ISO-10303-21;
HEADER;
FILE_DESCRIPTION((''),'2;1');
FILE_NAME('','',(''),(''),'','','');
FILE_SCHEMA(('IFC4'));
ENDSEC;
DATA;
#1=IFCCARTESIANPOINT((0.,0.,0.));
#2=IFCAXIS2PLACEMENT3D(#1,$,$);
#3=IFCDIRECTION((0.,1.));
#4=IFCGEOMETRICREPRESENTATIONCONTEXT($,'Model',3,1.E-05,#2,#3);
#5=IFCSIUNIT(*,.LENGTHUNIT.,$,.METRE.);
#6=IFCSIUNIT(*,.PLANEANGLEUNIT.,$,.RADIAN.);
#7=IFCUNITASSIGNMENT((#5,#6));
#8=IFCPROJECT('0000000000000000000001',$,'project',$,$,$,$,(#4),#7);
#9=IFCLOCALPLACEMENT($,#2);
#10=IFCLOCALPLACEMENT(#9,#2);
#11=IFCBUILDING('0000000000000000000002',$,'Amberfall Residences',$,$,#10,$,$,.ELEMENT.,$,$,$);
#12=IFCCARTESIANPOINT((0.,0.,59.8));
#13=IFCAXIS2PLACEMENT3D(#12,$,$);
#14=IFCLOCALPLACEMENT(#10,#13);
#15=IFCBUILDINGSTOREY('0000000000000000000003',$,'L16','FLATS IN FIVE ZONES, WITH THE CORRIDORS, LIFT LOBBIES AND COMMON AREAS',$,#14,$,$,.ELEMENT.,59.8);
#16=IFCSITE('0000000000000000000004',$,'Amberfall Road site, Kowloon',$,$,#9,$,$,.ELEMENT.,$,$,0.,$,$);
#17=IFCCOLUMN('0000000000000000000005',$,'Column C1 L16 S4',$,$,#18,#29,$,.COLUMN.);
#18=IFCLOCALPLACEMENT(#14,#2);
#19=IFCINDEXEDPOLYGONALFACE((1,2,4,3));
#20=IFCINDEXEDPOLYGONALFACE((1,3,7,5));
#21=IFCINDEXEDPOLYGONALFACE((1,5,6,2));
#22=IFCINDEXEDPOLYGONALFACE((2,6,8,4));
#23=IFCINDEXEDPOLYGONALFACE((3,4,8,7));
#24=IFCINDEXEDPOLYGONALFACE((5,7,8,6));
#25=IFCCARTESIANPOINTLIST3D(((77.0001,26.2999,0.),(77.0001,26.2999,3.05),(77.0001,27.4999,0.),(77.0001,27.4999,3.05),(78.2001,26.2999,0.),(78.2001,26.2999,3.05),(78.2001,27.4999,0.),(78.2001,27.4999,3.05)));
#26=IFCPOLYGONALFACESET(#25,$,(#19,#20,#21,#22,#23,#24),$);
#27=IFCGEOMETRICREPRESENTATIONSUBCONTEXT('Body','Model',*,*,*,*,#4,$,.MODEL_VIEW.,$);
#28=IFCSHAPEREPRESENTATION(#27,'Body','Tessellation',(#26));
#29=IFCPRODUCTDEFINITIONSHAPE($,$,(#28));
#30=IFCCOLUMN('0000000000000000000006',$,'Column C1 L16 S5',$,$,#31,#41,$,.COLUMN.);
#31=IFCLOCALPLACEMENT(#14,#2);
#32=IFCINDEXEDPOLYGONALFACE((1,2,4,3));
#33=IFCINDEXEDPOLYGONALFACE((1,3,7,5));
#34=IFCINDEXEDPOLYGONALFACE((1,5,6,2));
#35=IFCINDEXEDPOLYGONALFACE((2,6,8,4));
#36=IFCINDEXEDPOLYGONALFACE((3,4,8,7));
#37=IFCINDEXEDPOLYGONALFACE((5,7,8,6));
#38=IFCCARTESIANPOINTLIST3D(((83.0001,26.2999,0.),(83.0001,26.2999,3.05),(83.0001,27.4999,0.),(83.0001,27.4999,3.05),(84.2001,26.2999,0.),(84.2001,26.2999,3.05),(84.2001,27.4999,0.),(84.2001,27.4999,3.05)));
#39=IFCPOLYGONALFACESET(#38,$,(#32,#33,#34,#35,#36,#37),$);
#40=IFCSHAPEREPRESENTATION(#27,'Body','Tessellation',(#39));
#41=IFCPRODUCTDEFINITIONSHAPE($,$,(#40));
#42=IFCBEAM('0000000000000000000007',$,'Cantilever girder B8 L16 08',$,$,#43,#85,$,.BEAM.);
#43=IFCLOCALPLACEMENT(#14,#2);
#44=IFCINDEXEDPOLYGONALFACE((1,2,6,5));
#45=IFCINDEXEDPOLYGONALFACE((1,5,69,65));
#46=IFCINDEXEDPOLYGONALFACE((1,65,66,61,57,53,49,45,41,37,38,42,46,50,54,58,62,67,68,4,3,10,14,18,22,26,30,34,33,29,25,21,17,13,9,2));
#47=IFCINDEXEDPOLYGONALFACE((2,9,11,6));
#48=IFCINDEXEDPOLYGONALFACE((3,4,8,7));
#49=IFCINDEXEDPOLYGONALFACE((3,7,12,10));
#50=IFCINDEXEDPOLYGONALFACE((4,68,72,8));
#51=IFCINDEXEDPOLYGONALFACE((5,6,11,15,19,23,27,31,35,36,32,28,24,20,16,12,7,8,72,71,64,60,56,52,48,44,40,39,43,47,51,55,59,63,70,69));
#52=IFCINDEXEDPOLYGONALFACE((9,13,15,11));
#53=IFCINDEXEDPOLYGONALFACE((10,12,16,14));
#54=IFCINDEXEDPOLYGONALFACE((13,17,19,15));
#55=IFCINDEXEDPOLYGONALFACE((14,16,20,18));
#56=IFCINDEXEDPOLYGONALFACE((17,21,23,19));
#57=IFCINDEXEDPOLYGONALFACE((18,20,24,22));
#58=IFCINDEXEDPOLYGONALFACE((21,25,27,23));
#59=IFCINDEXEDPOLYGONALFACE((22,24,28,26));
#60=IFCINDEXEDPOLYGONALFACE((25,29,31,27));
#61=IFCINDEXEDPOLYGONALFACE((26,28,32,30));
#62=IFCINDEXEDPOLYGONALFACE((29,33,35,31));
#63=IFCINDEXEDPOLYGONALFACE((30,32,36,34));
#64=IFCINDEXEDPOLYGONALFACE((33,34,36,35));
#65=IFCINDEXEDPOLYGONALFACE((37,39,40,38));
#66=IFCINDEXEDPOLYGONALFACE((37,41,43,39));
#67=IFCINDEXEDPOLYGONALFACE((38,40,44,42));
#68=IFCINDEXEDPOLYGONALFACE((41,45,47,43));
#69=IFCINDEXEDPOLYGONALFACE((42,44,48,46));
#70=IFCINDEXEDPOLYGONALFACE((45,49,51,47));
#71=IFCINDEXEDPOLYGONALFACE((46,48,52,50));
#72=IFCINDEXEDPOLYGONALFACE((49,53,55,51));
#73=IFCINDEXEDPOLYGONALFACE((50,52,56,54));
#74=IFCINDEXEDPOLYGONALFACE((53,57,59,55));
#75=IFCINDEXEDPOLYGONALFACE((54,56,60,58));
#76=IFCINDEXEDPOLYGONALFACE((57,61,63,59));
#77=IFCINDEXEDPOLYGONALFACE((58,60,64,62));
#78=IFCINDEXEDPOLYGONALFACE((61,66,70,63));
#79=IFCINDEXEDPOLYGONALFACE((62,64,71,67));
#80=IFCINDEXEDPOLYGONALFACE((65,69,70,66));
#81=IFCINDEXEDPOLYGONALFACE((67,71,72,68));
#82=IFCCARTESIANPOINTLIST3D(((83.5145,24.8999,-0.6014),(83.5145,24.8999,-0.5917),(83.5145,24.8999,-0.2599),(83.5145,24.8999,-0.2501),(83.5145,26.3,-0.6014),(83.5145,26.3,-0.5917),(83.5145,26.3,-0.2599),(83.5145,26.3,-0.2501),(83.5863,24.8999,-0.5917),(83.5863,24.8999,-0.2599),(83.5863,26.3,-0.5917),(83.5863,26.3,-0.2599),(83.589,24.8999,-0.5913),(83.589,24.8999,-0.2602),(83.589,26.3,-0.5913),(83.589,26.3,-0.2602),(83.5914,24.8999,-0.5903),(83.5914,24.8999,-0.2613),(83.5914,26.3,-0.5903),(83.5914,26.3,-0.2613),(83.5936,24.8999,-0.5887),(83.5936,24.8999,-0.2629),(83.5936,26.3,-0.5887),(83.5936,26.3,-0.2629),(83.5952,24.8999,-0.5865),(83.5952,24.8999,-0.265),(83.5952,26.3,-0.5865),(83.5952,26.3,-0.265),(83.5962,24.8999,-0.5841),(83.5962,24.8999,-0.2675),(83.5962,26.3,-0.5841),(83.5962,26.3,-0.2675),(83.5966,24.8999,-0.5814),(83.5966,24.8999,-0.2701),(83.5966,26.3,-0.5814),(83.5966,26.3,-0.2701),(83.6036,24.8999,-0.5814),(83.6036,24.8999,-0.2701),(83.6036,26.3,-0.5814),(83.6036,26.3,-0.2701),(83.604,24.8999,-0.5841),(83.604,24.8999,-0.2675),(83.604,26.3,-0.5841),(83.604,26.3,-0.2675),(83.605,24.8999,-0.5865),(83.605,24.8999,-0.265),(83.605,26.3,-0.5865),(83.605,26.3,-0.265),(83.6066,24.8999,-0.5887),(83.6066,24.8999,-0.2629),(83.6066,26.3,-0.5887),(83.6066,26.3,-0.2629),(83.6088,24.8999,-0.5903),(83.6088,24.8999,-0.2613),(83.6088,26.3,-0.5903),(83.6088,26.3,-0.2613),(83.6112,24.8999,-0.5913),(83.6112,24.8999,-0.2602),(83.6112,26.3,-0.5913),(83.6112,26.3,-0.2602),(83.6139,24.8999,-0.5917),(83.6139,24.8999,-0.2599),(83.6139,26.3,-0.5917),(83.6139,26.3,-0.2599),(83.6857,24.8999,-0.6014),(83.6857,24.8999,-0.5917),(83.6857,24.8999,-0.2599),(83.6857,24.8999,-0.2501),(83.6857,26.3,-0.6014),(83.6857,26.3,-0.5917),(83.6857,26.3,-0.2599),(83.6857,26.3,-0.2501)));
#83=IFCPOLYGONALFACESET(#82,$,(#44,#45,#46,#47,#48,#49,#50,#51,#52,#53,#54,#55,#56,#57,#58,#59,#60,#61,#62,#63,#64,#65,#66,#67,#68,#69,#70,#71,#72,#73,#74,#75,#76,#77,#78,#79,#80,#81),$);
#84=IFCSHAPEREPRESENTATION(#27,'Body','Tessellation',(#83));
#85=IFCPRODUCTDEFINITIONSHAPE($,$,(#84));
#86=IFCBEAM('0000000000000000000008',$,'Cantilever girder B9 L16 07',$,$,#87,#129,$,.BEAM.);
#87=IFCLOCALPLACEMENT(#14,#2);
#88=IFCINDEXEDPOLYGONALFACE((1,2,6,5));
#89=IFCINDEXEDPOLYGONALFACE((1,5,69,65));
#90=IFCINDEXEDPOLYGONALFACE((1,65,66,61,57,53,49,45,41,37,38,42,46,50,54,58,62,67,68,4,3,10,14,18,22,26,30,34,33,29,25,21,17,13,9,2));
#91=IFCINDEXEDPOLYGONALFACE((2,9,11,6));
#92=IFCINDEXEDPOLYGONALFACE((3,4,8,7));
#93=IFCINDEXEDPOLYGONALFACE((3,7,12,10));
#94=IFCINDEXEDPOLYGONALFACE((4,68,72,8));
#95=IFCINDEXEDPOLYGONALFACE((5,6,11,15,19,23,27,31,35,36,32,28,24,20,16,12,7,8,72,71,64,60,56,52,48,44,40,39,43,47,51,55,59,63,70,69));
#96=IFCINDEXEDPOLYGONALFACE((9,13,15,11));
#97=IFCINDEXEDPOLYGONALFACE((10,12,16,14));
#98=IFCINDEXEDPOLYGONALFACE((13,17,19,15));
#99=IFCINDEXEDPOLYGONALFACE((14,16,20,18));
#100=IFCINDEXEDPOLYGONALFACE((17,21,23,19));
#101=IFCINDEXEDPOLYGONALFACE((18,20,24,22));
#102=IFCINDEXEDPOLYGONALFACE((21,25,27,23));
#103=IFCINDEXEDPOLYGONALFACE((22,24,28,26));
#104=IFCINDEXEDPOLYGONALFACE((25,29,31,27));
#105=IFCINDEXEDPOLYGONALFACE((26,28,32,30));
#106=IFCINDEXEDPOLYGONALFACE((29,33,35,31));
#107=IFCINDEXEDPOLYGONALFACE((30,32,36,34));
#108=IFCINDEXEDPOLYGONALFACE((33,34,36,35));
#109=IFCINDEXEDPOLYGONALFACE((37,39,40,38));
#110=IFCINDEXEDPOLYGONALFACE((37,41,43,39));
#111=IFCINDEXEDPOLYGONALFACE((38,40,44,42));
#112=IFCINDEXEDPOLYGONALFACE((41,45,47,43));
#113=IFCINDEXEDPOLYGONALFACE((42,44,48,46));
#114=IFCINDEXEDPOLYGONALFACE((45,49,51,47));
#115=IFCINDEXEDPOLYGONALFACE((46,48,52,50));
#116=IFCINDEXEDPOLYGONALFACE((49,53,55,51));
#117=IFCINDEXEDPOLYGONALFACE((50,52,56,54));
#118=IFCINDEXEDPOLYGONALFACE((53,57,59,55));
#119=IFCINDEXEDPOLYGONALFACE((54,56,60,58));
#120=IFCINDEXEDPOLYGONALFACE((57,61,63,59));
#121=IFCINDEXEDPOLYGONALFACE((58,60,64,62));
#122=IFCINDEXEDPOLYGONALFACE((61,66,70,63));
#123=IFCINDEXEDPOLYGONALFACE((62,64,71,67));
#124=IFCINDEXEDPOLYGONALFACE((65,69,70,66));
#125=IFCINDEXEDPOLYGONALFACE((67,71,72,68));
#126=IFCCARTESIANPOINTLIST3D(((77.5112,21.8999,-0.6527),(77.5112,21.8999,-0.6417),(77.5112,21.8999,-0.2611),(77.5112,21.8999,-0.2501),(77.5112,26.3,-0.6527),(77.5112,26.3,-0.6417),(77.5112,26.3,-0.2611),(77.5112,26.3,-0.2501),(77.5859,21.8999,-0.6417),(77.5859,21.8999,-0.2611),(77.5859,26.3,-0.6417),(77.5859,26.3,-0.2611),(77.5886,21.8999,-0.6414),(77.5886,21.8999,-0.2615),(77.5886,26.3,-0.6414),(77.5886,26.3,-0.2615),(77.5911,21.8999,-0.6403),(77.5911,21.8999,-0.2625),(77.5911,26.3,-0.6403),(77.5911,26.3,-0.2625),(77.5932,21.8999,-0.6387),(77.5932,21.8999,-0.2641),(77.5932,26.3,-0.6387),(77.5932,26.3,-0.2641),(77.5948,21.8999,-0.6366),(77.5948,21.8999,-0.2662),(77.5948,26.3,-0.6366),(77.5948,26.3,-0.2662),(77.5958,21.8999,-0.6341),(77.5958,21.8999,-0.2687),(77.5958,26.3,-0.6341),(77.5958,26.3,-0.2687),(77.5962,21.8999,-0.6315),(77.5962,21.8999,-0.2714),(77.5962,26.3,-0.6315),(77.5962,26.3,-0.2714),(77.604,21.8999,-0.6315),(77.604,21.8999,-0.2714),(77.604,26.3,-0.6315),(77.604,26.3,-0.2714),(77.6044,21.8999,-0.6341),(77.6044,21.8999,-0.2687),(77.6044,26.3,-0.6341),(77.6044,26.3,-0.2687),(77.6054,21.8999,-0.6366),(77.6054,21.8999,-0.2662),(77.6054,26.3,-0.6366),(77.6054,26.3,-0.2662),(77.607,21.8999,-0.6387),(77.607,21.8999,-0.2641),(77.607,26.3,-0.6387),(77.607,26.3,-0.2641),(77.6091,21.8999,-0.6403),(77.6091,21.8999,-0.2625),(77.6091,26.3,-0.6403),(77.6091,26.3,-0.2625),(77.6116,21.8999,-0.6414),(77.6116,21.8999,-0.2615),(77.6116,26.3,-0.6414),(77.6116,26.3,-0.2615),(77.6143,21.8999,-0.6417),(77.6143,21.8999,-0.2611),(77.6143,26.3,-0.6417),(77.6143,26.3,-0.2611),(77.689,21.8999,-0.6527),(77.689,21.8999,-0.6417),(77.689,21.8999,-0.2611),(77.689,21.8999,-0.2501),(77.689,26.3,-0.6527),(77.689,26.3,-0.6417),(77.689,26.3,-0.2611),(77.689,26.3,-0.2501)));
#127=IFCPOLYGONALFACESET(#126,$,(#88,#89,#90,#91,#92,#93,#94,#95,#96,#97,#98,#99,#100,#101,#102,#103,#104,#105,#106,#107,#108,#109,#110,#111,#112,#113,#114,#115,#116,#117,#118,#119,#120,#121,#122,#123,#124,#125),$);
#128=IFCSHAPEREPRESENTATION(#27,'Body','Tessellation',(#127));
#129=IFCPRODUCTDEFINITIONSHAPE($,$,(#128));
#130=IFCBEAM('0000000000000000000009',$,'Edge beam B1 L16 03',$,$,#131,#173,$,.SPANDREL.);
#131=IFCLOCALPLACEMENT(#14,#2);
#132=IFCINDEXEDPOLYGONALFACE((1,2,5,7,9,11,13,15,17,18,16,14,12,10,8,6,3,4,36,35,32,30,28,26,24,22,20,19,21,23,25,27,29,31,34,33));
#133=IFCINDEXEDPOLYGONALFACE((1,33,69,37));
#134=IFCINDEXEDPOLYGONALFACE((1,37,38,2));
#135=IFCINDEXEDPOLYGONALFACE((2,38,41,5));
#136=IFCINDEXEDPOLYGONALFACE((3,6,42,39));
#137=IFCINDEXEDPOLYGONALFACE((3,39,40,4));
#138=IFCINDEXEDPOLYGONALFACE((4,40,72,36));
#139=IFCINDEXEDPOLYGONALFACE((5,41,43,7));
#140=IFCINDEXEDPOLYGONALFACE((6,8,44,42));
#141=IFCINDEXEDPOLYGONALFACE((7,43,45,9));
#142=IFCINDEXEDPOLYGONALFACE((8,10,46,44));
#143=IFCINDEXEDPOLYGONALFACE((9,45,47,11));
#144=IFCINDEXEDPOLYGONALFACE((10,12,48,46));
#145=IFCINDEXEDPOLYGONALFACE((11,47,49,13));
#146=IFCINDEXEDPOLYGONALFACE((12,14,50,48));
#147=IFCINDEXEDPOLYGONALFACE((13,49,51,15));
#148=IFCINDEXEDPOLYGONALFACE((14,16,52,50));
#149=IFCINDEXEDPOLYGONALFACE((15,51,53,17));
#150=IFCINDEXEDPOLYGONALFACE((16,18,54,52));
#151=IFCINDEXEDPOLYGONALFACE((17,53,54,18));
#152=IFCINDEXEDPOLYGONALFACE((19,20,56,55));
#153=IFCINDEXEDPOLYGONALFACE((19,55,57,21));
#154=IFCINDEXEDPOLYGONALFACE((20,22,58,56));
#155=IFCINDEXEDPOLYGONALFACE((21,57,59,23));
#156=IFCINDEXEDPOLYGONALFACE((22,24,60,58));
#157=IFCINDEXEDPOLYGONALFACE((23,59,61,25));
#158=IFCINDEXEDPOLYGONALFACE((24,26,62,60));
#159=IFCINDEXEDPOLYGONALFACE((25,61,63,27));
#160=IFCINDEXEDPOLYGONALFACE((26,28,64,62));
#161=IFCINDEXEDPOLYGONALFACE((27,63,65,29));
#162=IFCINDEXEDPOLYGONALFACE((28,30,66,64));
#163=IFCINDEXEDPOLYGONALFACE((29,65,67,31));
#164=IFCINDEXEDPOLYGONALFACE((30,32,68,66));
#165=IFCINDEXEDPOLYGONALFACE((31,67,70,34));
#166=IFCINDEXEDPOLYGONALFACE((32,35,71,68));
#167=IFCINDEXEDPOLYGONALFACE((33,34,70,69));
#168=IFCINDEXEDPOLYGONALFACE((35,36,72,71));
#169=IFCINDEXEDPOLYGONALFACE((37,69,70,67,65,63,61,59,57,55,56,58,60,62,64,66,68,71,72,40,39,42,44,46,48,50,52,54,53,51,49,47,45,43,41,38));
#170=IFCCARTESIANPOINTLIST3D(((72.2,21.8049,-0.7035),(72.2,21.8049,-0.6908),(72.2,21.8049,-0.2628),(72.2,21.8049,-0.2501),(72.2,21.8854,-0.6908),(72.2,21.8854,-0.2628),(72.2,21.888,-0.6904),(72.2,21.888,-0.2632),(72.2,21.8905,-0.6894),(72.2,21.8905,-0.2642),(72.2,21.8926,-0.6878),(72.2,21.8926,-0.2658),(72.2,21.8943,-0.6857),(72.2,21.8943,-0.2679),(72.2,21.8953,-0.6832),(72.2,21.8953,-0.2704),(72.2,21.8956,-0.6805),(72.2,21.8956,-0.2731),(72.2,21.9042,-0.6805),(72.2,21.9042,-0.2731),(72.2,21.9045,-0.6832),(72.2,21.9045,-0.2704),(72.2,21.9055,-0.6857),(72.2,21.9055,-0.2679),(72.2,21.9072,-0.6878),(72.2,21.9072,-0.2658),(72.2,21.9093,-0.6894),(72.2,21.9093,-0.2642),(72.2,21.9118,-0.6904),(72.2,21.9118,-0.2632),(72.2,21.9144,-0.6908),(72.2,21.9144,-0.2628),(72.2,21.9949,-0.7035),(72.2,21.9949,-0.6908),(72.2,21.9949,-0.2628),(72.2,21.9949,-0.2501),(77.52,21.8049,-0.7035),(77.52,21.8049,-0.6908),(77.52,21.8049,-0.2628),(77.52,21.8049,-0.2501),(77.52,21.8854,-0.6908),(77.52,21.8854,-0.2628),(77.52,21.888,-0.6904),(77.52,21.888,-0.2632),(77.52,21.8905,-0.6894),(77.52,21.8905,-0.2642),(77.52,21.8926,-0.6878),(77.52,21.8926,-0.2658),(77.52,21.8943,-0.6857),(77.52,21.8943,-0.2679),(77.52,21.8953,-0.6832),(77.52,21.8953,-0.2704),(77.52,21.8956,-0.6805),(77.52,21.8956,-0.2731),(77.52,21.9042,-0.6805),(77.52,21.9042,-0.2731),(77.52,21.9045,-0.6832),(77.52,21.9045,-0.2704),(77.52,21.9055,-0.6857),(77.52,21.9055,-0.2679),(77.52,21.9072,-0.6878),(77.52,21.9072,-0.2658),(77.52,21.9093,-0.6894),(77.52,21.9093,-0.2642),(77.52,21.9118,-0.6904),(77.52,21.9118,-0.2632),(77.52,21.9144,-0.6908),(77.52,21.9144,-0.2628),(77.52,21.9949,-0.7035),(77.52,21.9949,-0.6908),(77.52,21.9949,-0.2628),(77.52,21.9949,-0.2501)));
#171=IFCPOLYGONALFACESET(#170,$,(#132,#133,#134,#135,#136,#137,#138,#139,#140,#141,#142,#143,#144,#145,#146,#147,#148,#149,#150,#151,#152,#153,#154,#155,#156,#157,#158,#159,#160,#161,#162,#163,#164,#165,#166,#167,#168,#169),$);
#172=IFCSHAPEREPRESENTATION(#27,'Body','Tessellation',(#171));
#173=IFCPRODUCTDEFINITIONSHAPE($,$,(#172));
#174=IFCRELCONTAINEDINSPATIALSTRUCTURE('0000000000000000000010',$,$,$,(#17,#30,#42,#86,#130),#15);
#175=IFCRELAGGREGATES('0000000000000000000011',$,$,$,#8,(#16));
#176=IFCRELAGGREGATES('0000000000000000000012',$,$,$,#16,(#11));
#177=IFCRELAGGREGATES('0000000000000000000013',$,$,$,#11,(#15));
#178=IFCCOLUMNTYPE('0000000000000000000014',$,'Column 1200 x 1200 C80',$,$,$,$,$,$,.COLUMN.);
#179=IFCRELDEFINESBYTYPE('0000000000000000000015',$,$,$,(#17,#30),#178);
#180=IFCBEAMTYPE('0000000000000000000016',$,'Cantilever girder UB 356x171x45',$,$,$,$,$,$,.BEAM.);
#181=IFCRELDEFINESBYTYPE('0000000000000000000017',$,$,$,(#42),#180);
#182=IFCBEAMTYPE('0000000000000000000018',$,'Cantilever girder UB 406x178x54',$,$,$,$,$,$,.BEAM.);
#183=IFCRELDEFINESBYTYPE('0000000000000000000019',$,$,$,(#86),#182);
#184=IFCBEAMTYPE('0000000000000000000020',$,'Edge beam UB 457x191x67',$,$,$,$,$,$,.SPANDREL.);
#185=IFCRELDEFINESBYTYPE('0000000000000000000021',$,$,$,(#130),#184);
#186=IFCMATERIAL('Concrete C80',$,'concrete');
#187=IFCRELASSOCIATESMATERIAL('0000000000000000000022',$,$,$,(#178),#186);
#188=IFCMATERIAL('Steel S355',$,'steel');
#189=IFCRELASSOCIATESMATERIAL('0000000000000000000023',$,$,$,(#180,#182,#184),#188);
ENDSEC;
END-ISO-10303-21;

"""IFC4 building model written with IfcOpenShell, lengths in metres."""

from ifc_helpers import new_model, si_unit, direction, frame, origin, origin_2d, place, context, subcontext, project, spatial, rectangle, i_section, extrude, material, material_profile, profile_set, type_object, element, save


model = new_model("IFC4")

# Units and contexts
model_context = context("Model", 3, precision=1e-05, world=origin(), true_north=direction((0.0, 1.0)))
body_context = subcontext(model_context, "Body", "Model", "MODEL_VIEW")
ifc_project = project(units=[si_unit("LENGTHUNIT", "METRE"), si_unit("PLANEANGLEUNIT", "RADIAN")], contexts=[model_context])

# Site, building, storey
site_placement = place(None, origin())
site = spatial("IfcSite", under=ifc_project, at=site_placement, Name="Amberfall Road site, Kowloon", CompositionType="ELEMENT", RefElevation=0.0)
building_placement = place(site_placement, origin())
building = spatial("IfcBuilding", under=site, at=building_placement, Name="Amberfall Residences", CompositionType="ELEMENT")
storey_placement = place(building_placement, frame((0.0, 0.0, 59.8)))
storey = spatial("IfcBuildingStorey", under=building, at=storey_placement, Name="L16", Description="FLATS IN FIVE ZONES, WITH THE CORRIDORS, LIFT LOBBIES AND COMMON AREAS", CompositionType="ELEMENT", Elevation=59.8)

# Columns
ifc_material_1 = material(Name="Concrete C80", Category="concrete")
ifc_material_profile_1 = material_profile(ifc_material_1, rectangle(XDim=1.2, YDim=1.2, at=origin_2d()), Name="Column 1200 x 1200 C80")
ifc_profile_set_1 = profile_set([ifc_material_profile_1], Name="Concrete C80")
column_type = type_object("IfcColumnType", Name="Column 1200 x 1200 C80", PredefinedType="COLUMN", material=ifc_profile_set_1)
for number, where, z_axis, x_axis, name in (
    (1, (77.6001, 26.8999, 0.0), (0.0, 0.0, 1.0), (1.0, 0.0, 0.0), "Column C1 L16 S4"),
    (2, (83.6001, 26.8999, 0.0), (0.0, 0.0, 1.0), (1.0, 0.0, 0.0), "Column C1 L16 S5"),
):
    element("IfcColumn", number, at=place(storey_placement, frame(where, z_axis=z_axis, x_axis=x_axis)), inside=storey, type_object=column_type, Name=name, PredefinedType="COLUMN", context=body_context, shape_type="SweptSolid", body=[
        extrude(rectangle(XDim=1.2, YDim=1.2, at=origin_2d()), origin(), (0.0, 0.0, 1.0), 3.05),
    ])

# Beams
ifc_material_2 = material(Name="Steel S355", Category="steel")
ifc_material_profile_2 = material_profile(ifc_material_2, i_section(OverallWidth=0.1711, OverallDepth=0.3513, WebThickness=0.0071, FlangeThickness=0.0098, FilletRadius=0.0103, at=origin_2d()), Name="UB 356x171x45")
ifc_profile_set_2 = profile_set([ifc_material_profile_2], Name="Steel S355")
beam_type_1 = type_object("IfcBeamType", Name="Cantilever girder UB 356x171x45", PredefinedType="BEAM", material=ifc_profile_set_2)
beam_1_placement = place(storey_placement, frame((83.6001, 26.3, -0.4258), z_axis=(0.0, -1.0, 0.0), x_axis=(1.0, 0.0, 0.0)))
element("IfcBeam", 3, at=beam_1_placement, inside=storey, type_object=beam_type_1, Name="Cantilever girder B8 L16 08", PredefinedType="BEAM", context=body_context, shape_type="SweptSolid", body=[
    extrude(i_section(OverallWidth=0.1711, OverallDepth=0.3513, WebThickness=0.0071, FlangeThickness=0.0098, FilletRadius=0.0103, at=origin_2d()), origin(), (0.0, 0.0, 1.0), 1.4001),
])
ifc_material_profile_3 = material_profile(ifc_material_2, i_section(OverallWidth=0.1777, OverallDepth=0.4026, WebThickness=0.0078, FlangeThickness=0.011, FilletRadius=0.0103, at=origin_2d()), Name="UB 406x178x54")
ifc_profile_set_3 = profile_set([ifc_material_profile_3], Name="Steel S355")
beam_type_2 = type_object("IfcBeamType", Name="Cantilever girder UB 406x178x54", PredefinedType="BEAM", material=ifc_profile_set_3)
beam_2_placement = place(storey_placement, frame((77.6001, 26.3, -0.4514), z_axis=(0.0, -1.0, 0.0), x_axis=(1.0, 0.0, 0.0)))
element("IfcBeam", 4, at=beam_2_placement, inside=storey, type_object=beam_type_2, Name="Cantilever girder B9 L16 07", PredefinedType="BEAM", context=body_context, shape_type="SweptSolid", body=[
    extrude(i_section(OverallWidth=0.1777, OverallDepth=0.4026, WebThickness=0.0078, FlangeThickness=0.011, FilletRadius=0.0103, at=origin_2d()), origin(), (0.0, 0.0, 1.0), 4.4001),
])
ifc_material_profile_4 = material_profile(ifc_material_2, i_section(OverallWidth=0.1899, OverallDepth=0.4534, WebThickness=0.0085, FlangeThickness=0.0127, FilletRadius=0.0103, at=origin_2d()), Name="UB 457x191x67")
ifc_profile_set_4 = profile_set([ifc_material_profile_4], Name="Steel S355")
beam_type_3 = type_object("IfcBeamType", Name="Edge beam UB 457x191x67", PredefinedType="SPANDREL", material=ifc_profile_set_4)
beam_3_placement = place(storey_placement, frame((72.2, 21.8999, -0.4768), z_axis=(1.0, 0.0, 0.0), x_axis=(0.0, 1.0, 0.0)))
element("IfcBeam", 5, at=beam_3_placement, inside=storey, type_object=beam_type_3, Name="Edge beam B1 L16 03", PredefinedType="SPANDREL", context=body_context, shape_type="SweptSolid", body=[
    extrude(i_section(OverallWidth=0.1899, OverallDepth=0.4534, WebThickness=0.0085, FlangeThickness=0.0127, FilletRadius=0.0103, at=origin_2d()), origin(), (0.0, 0.0, 1.0), 5.3201),
])

save(model, "model.ifc")
